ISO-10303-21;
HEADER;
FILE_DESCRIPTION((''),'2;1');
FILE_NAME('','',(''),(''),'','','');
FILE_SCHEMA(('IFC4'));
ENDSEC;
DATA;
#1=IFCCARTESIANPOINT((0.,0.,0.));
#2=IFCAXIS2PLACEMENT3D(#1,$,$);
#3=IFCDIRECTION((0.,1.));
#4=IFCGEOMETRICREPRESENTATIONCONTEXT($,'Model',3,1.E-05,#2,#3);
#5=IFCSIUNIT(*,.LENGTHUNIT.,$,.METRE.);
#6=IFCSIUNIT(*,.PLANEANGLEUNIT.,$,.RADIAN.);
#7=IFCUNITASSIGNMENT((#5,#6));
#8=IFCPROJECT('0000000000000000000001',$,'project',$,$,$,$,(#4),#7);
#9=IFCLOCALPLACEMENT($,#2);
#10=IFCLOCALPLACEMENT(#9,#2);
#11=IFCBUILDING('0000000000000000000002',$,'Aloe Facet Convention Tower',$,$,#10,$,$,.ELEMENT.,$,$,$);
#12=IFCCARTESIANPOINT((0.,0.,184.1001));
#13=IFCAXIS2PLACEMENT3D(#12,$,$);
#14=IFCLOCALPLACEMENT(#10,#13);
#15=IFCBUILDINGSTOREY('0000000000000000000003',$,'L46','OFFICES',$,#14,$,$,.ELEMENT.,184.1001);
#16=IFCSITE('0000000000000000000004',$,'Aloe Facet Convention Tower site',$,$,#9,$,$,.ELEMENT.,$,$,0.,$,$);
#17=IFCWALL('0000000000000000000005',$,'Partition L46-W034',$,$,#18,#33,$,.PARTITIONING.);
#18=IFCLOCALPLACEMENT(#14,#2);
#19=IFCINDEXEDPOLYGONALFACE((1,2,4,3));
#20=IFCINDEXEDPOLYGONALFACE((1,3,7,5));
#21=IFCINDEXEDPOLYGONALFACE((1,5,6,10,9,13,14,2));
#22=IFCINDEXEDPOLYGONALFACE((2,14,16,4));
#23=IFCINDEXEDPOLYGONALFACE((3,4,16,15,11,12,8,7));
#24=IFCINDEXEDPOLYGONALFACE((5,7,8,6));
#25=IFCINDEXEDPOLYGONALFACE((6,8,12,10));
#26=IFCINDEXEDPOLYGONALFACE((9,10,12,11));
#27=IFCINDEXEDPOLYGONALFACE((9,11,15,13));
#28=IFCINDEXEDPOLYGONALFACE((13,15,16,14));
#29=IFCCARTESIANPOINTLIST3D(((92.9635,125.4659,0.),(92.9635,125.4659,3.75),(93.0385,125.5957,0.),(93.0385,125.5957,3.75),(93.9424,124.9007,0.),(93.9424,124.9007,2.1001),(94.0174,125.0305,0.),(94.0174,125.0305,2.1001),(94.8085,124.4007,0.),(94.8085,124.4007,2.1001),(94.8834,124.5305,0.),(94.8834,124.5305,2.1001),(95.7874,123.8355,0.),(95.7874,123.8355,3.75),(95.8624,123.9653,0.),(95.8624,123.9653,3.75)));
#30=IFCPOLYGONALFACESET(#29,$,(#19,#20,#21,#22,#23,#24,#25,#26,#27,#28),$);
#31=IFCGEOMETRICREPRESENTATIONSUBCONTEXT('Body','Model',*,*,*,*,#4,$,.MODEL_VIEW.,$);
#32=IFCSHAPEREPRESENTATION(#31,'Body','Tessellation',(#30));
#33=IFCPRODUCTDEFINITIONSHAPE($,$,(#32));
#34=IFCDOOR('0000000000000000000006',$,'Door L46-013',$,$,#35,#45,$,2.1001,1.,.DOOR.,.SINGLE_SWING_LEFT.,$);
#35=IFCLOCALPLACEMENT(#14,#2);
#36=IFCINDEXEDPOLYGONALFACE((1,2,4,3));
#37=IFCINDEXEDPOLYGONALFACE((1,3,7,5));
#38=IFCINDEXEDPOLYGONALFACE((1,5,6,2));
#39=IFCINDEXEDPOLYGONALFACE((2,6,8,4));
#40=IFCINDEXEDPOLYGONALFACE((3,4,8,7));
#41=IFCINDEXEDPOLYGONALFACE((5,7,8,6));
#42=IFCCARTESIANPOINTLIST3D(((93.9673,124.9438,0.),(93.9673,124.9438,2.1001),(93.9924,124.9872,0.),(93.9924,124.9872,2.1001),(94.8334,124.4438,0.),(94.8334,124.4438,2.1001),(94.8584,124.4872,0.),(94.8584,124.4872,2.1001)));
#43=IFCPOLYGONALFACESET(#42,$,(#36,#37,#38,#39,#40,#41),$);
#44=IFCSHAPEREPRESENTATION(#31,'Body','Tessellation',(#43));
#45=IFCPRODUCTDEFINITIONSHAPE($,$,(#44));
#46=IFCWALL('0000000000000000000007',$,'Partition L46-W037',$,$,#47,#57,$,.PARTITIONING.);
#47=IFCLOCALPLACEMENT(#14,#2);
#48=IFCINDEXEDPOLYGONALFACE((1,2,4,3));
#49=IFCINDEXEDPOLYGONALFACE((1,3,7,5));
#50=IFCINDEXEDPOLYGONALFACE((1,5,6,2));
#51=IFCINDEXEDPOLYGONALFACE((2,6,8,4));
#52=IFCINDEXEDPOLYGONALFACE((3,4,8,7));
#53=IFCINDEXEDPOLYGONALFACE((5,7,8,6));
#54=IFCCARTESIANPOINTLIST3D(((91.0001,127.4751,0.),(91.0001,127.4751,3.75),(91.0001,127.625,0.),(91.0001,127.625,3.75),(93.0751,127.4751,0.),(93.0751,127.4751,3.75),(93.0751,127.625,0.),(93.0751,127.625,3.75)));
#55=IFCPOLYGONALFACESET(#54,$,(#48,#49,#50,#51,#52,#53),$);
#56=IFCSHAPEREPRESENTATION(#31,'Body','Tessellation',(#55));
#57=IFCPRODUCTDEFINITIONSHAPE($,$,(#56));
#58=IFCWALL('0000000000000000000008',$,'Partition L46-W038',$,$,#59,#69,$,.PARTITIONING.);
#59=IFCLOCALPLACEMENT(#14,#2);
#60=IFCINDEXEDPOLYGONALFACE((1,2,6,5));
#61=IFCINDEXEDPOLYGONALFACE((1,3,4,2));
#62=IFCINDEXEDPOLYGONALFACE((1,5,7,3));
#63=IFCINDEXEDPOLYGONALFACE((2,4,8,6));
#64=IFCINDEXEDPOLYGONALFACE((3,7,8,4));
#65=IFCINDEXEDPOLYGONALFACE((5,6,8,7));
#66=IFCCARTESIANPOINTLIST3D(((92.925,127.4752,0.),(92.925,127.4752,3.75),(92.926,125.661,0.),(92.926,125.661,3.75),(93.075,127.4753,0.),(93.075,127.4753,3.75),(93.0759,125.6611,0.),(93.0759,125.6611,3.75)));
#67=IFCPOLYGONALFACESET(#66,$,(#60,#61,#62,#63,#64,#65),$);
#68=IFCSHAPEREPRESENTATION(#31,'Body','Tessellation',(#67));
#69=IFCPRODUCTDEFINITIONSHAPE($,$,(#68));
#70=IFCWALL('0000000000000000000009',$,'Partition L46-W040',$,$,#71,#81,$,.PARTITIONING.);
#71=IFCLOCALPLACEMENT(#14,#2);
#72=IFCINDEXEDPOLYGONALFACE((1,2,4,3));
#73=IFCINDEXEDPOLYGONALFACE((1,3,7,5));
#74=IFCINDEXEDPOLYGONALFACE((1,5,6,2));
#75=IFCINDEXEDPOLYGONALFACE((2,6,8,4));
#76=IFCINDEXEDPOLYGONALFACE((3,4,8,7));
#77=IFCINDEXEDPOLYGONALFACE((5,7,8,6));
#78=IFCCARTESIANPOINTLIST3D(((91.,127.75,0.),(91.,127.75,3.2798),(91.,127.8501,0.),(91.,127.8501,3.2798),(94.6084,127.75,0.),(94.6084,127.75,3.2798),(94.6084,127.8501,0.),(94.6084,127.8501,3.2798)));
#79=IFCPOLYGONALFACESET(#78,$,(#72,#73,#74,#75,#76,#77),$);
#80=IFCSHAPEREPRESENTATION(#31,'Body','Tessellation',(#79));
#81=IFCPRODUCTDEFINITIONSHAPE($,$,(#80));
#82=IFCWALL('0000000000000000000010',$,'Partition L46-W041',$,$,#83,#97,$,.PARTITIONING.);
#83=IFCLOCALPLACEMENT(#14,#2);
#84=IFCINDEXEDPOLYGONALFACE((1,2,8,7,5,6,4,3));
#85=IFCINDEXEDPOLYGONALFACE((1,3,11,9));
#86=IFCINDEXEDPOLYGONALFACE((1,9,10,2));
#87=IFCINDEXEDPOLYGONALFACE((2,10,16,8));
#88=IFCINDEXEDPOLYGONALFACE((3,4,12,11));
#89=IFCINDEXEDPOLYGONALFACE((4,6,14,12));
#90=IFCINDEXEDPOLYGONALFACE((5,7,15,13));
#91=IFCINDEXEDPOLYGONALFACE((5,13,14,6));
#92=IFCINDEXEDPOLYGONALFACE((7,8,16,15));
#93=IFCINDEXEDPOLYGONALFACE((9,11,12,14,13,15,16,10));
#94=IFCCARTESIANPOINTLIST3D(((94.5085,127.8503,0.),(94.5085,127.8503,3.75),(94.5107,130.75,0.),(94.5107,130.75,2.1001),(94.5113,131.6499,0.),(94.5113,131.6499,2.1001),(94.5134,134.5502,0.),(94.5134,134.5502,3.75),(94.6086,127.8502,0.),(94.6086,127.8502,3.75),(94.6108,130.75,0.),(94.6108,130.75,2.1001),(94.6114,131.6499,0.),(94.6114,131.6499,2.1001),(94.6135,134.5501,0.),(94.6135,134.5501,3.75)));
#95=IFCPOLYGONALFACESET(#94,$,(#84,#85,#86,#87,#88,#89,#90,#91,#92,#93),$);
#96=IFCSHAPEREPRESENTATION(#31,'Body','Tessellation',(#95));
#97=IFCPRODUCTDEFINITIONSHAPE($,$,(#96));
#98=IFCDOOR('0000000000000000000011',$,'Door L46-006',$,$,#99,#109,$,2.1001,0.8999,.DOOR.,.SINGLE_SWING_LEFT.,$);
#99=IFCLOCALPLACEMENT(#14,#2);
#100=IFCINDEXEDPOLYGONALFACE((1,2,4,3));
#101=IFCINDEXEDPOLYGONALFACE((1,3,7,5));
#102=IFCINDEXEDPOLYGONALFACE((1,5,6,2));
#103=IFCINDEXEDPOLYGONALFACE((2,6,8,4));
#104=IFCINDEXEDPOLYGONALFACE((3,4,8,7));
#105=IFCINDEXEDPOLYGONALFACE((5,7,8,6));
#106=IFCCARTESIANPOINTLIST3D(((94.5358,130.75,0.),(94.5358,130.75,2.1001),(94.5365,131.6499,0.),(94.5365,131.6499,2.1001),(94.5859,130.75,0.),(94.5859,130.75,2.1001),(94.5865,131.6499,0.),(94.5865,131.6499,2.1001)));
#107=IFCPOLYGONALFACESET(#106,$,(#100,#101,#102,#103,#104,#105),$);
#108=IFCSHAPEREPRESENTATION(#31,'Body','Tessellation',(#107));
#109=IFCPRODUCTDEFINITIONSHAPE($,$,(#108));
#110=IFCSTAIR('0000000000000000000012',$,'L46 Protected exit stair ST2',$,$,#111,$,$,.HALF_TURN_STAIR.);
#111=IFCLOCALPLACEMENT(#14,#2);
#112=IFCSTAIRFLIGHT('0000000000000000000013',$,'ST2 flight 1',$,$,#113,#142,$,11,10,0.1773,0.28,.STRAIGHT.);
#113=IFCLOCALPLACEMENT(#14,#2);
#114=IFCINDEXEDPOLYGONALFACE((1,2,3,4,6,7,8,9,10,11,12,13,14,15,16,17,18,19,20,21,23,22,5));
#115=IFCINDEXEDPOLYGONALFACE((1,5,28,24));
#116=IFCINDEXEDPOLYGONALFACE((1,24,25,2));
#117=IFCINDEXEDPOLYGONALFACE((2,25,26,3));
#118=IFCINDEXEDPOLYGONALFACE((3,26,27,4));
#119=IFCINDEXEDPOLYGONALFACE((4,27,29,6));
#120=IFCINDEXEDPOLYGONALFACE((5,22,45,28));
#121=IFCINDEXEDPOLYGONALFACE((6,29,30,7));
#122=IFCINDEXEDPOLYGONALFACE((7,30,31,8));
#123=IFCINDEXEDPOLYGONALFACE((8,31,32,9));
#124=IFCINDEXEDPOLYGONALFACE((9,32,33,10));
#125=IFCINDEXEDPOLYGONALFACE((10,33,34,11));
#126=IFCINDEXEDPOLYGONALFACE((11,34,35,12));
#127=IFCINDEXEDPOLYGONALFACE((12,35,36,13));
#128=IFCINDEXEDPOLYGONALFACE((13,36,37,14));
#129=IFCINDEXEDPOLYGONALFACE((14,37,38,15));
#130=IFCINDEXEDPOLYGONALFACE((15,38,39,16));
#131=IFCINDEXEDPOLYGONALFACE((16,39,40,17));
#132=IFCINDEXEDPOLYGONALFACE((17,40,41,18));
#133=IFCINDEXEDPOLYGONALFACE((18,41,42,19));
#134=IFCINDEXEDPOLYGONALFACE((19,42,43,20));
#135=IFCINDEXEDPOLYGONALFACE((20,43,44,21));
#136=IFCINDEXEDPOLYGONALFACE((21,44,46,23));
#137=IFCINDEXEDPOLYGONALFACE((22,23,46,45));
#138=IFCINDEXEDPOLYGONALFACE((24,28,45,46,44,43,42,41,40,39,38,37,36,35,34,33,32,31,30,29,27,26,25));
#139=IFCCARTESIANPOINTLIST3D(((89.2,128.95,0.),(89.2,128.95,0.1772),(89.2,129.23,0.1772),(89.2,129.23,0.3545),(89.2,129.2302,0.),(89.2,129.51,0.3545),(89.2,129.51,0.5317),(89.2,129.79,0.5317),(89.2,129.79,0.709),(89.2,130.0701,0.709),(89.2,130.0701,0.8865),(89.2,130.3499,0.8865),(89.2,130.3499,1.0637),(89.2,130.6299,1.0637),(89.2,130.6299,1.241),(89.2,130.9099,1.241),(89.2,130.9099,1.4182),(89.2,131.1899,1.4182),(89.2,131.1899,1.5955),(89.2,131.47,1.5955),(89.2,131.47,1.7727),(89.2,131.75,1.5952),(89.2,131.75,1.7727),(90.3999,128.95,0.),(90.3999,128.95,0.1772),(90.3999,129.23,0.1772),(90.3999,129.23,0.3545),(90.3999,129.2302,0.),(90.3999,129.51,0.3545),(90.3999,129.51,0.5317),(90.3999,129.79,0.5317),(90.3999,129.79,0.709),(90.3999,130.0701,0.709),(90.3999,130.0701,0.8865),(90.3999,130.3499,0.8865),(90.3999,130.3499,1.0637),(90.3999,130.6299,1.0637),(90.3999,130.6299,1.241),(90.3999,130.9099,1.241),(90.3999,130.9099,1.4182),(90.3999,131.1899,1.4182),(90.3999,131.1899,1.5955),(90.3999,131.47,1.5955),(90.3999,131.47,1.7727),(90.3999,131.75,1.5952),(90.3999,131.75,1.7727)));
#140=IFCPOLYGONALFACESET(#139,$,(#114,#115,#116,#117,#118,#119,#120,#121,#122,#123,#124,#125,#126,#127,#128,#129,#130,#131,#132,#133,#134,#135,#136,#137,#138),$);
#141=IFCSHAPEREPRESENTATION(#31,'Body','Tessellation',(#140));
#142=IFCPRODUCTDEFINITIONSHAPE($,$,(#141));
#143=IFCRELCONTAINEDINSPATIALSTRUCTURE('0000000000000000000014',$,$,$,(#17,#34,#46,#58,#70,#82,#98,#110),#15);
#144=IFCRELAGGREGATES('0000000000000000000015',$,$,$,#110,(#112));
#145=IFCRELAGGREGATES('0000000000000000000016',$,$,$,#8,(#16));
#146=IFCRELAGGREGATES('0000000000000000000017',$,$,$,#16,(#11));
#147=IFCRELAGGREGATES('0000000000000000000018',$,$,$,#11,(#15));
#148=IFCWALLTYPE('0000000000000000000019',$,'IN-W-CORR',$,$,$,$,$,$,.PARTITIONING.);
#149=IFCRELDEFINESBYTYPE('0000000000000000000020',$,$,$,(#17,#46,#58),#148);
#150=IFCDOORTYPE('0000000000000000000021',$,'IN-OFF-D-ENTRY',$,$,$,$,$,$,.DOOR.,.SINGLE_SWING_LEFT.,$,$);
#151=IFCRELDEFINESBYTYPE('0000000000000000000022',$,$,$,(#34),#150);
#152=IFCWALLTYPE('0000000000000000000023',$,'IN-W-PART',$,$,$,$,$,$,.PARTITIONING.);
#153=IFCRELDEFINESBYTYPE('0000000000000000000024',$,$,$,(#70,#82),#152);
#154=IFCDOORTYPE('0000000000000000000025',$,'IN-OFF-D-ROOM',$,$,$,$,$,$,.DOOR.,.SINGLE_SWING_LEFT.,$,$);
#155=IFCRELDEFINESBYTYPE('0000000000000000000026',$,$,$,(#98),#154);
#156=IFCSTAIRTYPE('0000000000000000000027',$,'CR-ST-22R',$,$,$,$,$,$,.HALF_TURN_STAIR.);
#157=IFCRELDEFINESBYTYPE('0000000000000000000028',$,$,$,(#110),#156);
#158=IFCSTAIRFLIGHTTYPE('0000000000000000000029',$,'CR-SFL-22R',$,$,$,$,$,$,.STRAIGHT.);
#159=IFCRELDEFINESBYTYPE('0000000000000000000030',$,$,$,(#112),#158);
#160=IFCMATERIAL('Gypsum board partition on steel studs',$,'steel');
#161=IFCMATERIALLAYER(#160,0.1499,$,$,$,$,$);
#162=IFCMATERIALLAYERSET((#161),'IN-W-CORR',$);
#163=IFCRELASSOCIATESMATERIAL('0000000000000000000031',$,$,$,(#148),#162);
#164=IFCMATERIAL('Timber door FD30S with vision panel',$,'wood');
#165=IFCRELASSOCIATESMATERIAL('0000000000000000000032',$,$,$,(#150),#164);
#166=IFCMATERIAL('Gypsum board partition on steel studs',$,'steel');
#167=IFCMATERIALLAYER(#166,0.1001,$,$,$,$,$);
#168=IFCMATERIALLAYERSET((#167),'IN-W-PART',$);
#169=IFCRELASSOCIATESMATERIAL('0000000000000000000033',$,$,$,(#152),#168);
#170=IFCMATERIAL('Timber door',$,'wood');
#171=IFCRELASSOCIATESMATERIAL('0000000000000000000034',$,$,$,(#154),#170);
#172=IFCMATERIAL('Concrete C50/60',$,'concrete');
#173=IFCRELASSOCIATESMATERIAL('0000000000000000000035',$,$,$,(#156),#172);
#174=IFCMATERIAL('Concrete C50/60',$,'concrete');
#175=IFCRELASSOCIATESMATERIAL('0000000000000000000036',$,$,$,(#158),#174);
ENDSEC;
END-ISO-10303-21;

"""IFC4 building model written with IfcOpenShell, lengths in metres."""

from ifc_helpers import new_model, si_unit, direction, frame, frame_2d, origin, place, context, subcontext, project, spatial, polyline, rectangle, outline, extrude, material, layer, layer_set, type_object, element, fill, aggregate, save


model = new_model("IFC4")

# Units and contexts
model_context = context("Model", 3, precision=1e-05, world=origin(), true_north=direction((0.0, 1.0)))
body_context = subcontext(model_context, "Body", "Model", "MODEL_VIEW")
ifc_project = project(units=[si_unit("LENGTHUNIT", "METRE"), si_unit("PLANEANGLEUNIT", "RADIAN")], contexts=[model_context])

# Site, building, storey
site_placement = place(None, origin())
site = spatial("IfcSite", under=ifc_project, at=site_placement, Name="Aloe Facet Convention Tower site", CompositionType="ELEMENT", RefElevation=0.0)
building_placement = place(site_placement, origin())
building = spatial("IfcBuilding", under=site, at=building_placement, Name="Aloe Facet Convention Tower", CompositionType="ELEMENT")
storey_placement = place(building_placement, frame((0.0, 0.0, 184.1001)))
storey = spatial("IfcBuildingStorey", under=building, at=storey_placement, Name="L46", Description="OFFICES", CompositionType="ELEMENT", Elevation=184.1001)

# Wall, opening, door
ifc_material_1 = material(Name="Gypsum board partition on steel studs", Category="steel")
ifc_layer_1 = layer(ifc_material_1, 0.1499)
ifc_layer_set_1 = layer_set([ifc_layer_1], Name="IN-W-CORR")
wall_type_1 = type_object("IfcWallType", Name="IN-W-CORR", PredefinedType="PARTITIONING", material=ifc_layer_set_1)
wall_1_placement = place(storey_placement, frame((93.001, 125.5308, 0.0), z_axis=(0.0, 0.0, 1.0), x_axis=(0.866032, -0.499988, 0.0)))
wall_1 = element("IfcWall", 1, at=wall_1_placement, inside=storey, type_object=wall_type_1, Name="Partition L46-W034", PredefinedType="PARTITIONING", context=body_context, shape_type="SweptSolid", body=[
    extrude(rectangle(XDim=3.2607, YDim=0.1499, at=frame_2d((1.6304, 0.0))), origin(), (0.0, 0.0, 1.0), 3.75),
])
opening_1_placement = place(wall_1_placement, frame((1.1304, 0.0, 0.0)))
opening_1 = element("IfcOpeningElement", 2, at=opening_1_placement, cuts=wall_1, PredefinedType="OPENING", context=body_context, shape_type="SweptSolid", body=[
    extrude(rectangle(XDim=1.0, YDim=2.1001, at=frame_2d((0.5, 1.05))), frame((0.0, 0.085, 0.0), z_axis=(0.0, -1.0, 0.0), x_axis=(1.0, 0.0, 0.0)), (0.0, 0.0, 1.0), 0.1699),
])
ifc_material_2 = material(Name="Timber door FD30S with vision panel", Category="wood")
door_type_1 = type_object("IfcDoorType", Name="IN-OFF-D-ENTRY", OperationType="SINGLE_SWING_LEFT", PredefinedType="DOOR", material=ifc_material_2)
door_1_placement = place(opening_1_placement, origin())
door_1 = element("IfcDoor", 3, at=door_1_placement, inside=storey, type_object=door_type_1, Name="Door L46-013", OperationType="SINGLE_SWING_LEFT", OverallHeight=2.1001, OverallWidth=1.0, PredefinedType="DOOR", context=body_context, shape_type="SweptSolid", body=[
    extrude(rectangle(XDim=1.0, YDim=2.1001, at=frame_2d((0.5, 1.05))), frame((0.0, 0.0249, 0.0), z_axis=(0.0, -1.0, 0.0), x_axis=(1.0, 0.0, 0.0)), (0.0, 0.0, 1.0), 0.05),
])
fill(opening_1, door_1)

# Walls
wall_2_placement = place(storey_placement, frame((91.0, 127.55, 0.0), z_axis=(0.0, 0.0, 1.0), x_axis=(1.0, 0.0, 0.0)))
element("IfcWall", 4, at=wall_2_placement, inside=storey, type_object=wall_type_1, Name="Partition L46-W037", PredefinedType="PARTITIONING", context=body_context, shape_type="SweptSolid", body=[
    extrude(rectangle(XDim=2.075, YDim=0.1499, at=frame_2d((1.0376, 0.0))), origin(), (0.0, 0.0, 1.0), 3.75),
])
wall_3_placement = place(storey_placement, frame((93.001, 125.6609, 0.0), z_axis=(0.0, 0.0, 1.0), x_axis=(-0.000538, 1.0, 0.0)))
element("IfcWall", 5, at=wall_3_placement, inside=storey, type_object=wall_type_1, Name="Partition L46-W038", PredefinedType="PARTITIONING", context=body_context, shape_type="SweptSolid", body=[
    extrude(rectangle(XDim=1.8142, YDim=0.1499, at=frame_2d((0.9072, 0.0))), origin(), (0.0, 0.0, 1.0), 3.75),
])
ifc_material_3 = material(Name="Gypsum board partition on steel studs", Category="steel")
ifc_layer_2 = layer(ifc_material_3, 0.1001)
ifc_layer_set_2 = layer_set([ifc_layer_2], Name="IN-W-PART")
wall_type_2 = type_object("IfcWallType", Name="IN-W-PART", PredefinedType="PARTITIONING", material=ifc_layer_set_2)
wall_4_placement = place(storey_placement, frame((91.0, 127.8, 0.0), z_axis=(0.0, 0.0, 1.0), x_axis=(1.0, 0.0, 0.0)))
element("IfcWall", 6, at=wall_4_placement, inside=storey, type_object=wall_type_2, Name="Partition L46-W040", PredefinedType="PARTITIONING", context=body_context, shape_type="SweptSolid", body=[
    extrude(rectangle(XDim=3.6084, YDim=0.1001, at=frame_2d((1.8042, 0.0))), origin(), (0.0, 0.0, 1.0), 3.2798),
])

# Wall, opening, door
wall_5_placement = place(storey_placement, frame((94.5586, 127.8501, 0.0), z_axis=(0.0, 0.0, 1.0), x_axis=(0.000729, 1.0, 0.0)))
wall_5 = element("IfcWall", 7, at=wall_5_placement, inside=storey, type_object=wall_type_2, Name="Partition L46-W041", PredefinedType="PARTITIONING", context=body_context, shape_type="SweptSolid", body=[
    extrude(rectangle(XDim=6.7, YDim=0.1001, at=frame_2d((3.3501, 0.0))), origin(), (0.0, 0.0, 1.0), 3.75),
])
opening_2_placement = place(wall_5_placement, frame((2.8999, 0.0, 0.0)))
opening_2 = element("IfcOpeningElement", 8, at=opening_2_placement, cuts=wall_5, PredefinedType="OPENING", context=body_context, shape_type="SweptSolid", body=[
    extrude(rectangle(XDim=0.8999, YDim=2.1001, at=frame_2d((0.45, 1.05))), frame((0.0, 0.0601, 0.0), z_axis=(0.0, -1.0, 0.0), x_axis=(1.0, 0.0, 0.0)), (0.0, 0.0, 1.0), 0.1201),
])
ifc_material_4 = material(Name="Timber door", Category="wood")
door_type_2 = type_object("IfcDoorType", Name="IN-OFF-D-ROOM", OperationType="SINGLE_SWING_LEFT", PredefinedType="DOOR", material=ifc_material_4)
door_2_placement = place(opening_2_placement, origin())
door_2 = element("IfcDoor", 9, at=door_2_placement, inside=storey, type_object=door_type_2, Name="Door L46-006", OperationType="SINGLE_SWING_LEFT", OverallHeight=2.1001, OverallWidth=0.8999, PredefinedType="DOOR", context=body_context, shape_type="SweptSolid", body=[
    extrude(rectangle(XDim=0.8999, YDim=2.1001, at=frame_2d((0.45, 1.05))), frame((0.0, 0.0249, 0.0), z_axis=(0.0, -1.0, 0.0), x_axis=(1.0, 0.0, 0.0)), (0.0, 0.0, 1.0), 0.05),
])
fill(opening_2, door_2)

# Stair, stair flight
ifc_material_5 = material(Name="Concrete C50/60", Category="concrete")
stair_type = type_object("IfcStairType", Name="CR-ST-22R", PredefinedType="HALF_TURN_STAIR", material=ifc_material_5)
stair_placement = place(storey_placement, origin())
stair = element("IfcStair", 10, at=stair_placement, inside=storey, type_object=stair_type, Name="L46 Protected exit stair ST2", PredefinedType="HALF_TURN_STAIR")
ifc_material_6 = material(Name="Concrete C50/60", Category="concrete")
stair_flight_type = type_object("IfcStairFlightType", Name="CR-SFL-22R", PredefinedType="STRAIGHT", material=ifc_material_6)
stair_flight_placement = place(storey_placement, frame((89.8, 128.95, 0.0), z_axis=(0.0, 0.0, 1.0), x_axis=(0.0, 1.0, 0.0)))
stair_flight = element("IfcStairFlight", 11, at=stair_flight_placement, type_object=stair_flight_type, Name="ST2 flight 1", NumberOfRisers=11, NumberOfTreads=10, PredefinedType="STRAIGHT", RiserHeight=0.1773, TreadLength=0.28, context=body_context, shape_type="SweptSolid", body=[
    extrude(outline(polyline([(0.0, 0.0), (0.0, 0.1772), (0.28, 0.1772), (0.28, 0.3545), (0.5601, 0.3545), (0.5601, 0.5317), (0.8401, 0.5317), (0.8401, 0.709), (1.1201, 0.709), (1.1201, 0.8865), (1.3999, 0.8865), (1.3999, 1.0637), (1.6799, 1.0637), (1.6799, 1.241), (1.96, 1.241), (1.96, 1.4182), (2.24, 1.4182), (2.24, 1.5955), (2.52, 1.5955), (2.52, 1.7727), (2.8, 1.7727), (2.8, 1.95), (2.8, 1.5952), (0.2803, 0.0), (0.0, 0.0)])), frame((0.0, 0.6001, 0.0), z_axis=(0.0, -1.0, 0.0), x_axis=(1.0, 0.0, 0.0)), (0.0, 0.0, 1.0), 1.2),
])
aggregate(stair, [stair_flight])

save(model, "model.ifc")
